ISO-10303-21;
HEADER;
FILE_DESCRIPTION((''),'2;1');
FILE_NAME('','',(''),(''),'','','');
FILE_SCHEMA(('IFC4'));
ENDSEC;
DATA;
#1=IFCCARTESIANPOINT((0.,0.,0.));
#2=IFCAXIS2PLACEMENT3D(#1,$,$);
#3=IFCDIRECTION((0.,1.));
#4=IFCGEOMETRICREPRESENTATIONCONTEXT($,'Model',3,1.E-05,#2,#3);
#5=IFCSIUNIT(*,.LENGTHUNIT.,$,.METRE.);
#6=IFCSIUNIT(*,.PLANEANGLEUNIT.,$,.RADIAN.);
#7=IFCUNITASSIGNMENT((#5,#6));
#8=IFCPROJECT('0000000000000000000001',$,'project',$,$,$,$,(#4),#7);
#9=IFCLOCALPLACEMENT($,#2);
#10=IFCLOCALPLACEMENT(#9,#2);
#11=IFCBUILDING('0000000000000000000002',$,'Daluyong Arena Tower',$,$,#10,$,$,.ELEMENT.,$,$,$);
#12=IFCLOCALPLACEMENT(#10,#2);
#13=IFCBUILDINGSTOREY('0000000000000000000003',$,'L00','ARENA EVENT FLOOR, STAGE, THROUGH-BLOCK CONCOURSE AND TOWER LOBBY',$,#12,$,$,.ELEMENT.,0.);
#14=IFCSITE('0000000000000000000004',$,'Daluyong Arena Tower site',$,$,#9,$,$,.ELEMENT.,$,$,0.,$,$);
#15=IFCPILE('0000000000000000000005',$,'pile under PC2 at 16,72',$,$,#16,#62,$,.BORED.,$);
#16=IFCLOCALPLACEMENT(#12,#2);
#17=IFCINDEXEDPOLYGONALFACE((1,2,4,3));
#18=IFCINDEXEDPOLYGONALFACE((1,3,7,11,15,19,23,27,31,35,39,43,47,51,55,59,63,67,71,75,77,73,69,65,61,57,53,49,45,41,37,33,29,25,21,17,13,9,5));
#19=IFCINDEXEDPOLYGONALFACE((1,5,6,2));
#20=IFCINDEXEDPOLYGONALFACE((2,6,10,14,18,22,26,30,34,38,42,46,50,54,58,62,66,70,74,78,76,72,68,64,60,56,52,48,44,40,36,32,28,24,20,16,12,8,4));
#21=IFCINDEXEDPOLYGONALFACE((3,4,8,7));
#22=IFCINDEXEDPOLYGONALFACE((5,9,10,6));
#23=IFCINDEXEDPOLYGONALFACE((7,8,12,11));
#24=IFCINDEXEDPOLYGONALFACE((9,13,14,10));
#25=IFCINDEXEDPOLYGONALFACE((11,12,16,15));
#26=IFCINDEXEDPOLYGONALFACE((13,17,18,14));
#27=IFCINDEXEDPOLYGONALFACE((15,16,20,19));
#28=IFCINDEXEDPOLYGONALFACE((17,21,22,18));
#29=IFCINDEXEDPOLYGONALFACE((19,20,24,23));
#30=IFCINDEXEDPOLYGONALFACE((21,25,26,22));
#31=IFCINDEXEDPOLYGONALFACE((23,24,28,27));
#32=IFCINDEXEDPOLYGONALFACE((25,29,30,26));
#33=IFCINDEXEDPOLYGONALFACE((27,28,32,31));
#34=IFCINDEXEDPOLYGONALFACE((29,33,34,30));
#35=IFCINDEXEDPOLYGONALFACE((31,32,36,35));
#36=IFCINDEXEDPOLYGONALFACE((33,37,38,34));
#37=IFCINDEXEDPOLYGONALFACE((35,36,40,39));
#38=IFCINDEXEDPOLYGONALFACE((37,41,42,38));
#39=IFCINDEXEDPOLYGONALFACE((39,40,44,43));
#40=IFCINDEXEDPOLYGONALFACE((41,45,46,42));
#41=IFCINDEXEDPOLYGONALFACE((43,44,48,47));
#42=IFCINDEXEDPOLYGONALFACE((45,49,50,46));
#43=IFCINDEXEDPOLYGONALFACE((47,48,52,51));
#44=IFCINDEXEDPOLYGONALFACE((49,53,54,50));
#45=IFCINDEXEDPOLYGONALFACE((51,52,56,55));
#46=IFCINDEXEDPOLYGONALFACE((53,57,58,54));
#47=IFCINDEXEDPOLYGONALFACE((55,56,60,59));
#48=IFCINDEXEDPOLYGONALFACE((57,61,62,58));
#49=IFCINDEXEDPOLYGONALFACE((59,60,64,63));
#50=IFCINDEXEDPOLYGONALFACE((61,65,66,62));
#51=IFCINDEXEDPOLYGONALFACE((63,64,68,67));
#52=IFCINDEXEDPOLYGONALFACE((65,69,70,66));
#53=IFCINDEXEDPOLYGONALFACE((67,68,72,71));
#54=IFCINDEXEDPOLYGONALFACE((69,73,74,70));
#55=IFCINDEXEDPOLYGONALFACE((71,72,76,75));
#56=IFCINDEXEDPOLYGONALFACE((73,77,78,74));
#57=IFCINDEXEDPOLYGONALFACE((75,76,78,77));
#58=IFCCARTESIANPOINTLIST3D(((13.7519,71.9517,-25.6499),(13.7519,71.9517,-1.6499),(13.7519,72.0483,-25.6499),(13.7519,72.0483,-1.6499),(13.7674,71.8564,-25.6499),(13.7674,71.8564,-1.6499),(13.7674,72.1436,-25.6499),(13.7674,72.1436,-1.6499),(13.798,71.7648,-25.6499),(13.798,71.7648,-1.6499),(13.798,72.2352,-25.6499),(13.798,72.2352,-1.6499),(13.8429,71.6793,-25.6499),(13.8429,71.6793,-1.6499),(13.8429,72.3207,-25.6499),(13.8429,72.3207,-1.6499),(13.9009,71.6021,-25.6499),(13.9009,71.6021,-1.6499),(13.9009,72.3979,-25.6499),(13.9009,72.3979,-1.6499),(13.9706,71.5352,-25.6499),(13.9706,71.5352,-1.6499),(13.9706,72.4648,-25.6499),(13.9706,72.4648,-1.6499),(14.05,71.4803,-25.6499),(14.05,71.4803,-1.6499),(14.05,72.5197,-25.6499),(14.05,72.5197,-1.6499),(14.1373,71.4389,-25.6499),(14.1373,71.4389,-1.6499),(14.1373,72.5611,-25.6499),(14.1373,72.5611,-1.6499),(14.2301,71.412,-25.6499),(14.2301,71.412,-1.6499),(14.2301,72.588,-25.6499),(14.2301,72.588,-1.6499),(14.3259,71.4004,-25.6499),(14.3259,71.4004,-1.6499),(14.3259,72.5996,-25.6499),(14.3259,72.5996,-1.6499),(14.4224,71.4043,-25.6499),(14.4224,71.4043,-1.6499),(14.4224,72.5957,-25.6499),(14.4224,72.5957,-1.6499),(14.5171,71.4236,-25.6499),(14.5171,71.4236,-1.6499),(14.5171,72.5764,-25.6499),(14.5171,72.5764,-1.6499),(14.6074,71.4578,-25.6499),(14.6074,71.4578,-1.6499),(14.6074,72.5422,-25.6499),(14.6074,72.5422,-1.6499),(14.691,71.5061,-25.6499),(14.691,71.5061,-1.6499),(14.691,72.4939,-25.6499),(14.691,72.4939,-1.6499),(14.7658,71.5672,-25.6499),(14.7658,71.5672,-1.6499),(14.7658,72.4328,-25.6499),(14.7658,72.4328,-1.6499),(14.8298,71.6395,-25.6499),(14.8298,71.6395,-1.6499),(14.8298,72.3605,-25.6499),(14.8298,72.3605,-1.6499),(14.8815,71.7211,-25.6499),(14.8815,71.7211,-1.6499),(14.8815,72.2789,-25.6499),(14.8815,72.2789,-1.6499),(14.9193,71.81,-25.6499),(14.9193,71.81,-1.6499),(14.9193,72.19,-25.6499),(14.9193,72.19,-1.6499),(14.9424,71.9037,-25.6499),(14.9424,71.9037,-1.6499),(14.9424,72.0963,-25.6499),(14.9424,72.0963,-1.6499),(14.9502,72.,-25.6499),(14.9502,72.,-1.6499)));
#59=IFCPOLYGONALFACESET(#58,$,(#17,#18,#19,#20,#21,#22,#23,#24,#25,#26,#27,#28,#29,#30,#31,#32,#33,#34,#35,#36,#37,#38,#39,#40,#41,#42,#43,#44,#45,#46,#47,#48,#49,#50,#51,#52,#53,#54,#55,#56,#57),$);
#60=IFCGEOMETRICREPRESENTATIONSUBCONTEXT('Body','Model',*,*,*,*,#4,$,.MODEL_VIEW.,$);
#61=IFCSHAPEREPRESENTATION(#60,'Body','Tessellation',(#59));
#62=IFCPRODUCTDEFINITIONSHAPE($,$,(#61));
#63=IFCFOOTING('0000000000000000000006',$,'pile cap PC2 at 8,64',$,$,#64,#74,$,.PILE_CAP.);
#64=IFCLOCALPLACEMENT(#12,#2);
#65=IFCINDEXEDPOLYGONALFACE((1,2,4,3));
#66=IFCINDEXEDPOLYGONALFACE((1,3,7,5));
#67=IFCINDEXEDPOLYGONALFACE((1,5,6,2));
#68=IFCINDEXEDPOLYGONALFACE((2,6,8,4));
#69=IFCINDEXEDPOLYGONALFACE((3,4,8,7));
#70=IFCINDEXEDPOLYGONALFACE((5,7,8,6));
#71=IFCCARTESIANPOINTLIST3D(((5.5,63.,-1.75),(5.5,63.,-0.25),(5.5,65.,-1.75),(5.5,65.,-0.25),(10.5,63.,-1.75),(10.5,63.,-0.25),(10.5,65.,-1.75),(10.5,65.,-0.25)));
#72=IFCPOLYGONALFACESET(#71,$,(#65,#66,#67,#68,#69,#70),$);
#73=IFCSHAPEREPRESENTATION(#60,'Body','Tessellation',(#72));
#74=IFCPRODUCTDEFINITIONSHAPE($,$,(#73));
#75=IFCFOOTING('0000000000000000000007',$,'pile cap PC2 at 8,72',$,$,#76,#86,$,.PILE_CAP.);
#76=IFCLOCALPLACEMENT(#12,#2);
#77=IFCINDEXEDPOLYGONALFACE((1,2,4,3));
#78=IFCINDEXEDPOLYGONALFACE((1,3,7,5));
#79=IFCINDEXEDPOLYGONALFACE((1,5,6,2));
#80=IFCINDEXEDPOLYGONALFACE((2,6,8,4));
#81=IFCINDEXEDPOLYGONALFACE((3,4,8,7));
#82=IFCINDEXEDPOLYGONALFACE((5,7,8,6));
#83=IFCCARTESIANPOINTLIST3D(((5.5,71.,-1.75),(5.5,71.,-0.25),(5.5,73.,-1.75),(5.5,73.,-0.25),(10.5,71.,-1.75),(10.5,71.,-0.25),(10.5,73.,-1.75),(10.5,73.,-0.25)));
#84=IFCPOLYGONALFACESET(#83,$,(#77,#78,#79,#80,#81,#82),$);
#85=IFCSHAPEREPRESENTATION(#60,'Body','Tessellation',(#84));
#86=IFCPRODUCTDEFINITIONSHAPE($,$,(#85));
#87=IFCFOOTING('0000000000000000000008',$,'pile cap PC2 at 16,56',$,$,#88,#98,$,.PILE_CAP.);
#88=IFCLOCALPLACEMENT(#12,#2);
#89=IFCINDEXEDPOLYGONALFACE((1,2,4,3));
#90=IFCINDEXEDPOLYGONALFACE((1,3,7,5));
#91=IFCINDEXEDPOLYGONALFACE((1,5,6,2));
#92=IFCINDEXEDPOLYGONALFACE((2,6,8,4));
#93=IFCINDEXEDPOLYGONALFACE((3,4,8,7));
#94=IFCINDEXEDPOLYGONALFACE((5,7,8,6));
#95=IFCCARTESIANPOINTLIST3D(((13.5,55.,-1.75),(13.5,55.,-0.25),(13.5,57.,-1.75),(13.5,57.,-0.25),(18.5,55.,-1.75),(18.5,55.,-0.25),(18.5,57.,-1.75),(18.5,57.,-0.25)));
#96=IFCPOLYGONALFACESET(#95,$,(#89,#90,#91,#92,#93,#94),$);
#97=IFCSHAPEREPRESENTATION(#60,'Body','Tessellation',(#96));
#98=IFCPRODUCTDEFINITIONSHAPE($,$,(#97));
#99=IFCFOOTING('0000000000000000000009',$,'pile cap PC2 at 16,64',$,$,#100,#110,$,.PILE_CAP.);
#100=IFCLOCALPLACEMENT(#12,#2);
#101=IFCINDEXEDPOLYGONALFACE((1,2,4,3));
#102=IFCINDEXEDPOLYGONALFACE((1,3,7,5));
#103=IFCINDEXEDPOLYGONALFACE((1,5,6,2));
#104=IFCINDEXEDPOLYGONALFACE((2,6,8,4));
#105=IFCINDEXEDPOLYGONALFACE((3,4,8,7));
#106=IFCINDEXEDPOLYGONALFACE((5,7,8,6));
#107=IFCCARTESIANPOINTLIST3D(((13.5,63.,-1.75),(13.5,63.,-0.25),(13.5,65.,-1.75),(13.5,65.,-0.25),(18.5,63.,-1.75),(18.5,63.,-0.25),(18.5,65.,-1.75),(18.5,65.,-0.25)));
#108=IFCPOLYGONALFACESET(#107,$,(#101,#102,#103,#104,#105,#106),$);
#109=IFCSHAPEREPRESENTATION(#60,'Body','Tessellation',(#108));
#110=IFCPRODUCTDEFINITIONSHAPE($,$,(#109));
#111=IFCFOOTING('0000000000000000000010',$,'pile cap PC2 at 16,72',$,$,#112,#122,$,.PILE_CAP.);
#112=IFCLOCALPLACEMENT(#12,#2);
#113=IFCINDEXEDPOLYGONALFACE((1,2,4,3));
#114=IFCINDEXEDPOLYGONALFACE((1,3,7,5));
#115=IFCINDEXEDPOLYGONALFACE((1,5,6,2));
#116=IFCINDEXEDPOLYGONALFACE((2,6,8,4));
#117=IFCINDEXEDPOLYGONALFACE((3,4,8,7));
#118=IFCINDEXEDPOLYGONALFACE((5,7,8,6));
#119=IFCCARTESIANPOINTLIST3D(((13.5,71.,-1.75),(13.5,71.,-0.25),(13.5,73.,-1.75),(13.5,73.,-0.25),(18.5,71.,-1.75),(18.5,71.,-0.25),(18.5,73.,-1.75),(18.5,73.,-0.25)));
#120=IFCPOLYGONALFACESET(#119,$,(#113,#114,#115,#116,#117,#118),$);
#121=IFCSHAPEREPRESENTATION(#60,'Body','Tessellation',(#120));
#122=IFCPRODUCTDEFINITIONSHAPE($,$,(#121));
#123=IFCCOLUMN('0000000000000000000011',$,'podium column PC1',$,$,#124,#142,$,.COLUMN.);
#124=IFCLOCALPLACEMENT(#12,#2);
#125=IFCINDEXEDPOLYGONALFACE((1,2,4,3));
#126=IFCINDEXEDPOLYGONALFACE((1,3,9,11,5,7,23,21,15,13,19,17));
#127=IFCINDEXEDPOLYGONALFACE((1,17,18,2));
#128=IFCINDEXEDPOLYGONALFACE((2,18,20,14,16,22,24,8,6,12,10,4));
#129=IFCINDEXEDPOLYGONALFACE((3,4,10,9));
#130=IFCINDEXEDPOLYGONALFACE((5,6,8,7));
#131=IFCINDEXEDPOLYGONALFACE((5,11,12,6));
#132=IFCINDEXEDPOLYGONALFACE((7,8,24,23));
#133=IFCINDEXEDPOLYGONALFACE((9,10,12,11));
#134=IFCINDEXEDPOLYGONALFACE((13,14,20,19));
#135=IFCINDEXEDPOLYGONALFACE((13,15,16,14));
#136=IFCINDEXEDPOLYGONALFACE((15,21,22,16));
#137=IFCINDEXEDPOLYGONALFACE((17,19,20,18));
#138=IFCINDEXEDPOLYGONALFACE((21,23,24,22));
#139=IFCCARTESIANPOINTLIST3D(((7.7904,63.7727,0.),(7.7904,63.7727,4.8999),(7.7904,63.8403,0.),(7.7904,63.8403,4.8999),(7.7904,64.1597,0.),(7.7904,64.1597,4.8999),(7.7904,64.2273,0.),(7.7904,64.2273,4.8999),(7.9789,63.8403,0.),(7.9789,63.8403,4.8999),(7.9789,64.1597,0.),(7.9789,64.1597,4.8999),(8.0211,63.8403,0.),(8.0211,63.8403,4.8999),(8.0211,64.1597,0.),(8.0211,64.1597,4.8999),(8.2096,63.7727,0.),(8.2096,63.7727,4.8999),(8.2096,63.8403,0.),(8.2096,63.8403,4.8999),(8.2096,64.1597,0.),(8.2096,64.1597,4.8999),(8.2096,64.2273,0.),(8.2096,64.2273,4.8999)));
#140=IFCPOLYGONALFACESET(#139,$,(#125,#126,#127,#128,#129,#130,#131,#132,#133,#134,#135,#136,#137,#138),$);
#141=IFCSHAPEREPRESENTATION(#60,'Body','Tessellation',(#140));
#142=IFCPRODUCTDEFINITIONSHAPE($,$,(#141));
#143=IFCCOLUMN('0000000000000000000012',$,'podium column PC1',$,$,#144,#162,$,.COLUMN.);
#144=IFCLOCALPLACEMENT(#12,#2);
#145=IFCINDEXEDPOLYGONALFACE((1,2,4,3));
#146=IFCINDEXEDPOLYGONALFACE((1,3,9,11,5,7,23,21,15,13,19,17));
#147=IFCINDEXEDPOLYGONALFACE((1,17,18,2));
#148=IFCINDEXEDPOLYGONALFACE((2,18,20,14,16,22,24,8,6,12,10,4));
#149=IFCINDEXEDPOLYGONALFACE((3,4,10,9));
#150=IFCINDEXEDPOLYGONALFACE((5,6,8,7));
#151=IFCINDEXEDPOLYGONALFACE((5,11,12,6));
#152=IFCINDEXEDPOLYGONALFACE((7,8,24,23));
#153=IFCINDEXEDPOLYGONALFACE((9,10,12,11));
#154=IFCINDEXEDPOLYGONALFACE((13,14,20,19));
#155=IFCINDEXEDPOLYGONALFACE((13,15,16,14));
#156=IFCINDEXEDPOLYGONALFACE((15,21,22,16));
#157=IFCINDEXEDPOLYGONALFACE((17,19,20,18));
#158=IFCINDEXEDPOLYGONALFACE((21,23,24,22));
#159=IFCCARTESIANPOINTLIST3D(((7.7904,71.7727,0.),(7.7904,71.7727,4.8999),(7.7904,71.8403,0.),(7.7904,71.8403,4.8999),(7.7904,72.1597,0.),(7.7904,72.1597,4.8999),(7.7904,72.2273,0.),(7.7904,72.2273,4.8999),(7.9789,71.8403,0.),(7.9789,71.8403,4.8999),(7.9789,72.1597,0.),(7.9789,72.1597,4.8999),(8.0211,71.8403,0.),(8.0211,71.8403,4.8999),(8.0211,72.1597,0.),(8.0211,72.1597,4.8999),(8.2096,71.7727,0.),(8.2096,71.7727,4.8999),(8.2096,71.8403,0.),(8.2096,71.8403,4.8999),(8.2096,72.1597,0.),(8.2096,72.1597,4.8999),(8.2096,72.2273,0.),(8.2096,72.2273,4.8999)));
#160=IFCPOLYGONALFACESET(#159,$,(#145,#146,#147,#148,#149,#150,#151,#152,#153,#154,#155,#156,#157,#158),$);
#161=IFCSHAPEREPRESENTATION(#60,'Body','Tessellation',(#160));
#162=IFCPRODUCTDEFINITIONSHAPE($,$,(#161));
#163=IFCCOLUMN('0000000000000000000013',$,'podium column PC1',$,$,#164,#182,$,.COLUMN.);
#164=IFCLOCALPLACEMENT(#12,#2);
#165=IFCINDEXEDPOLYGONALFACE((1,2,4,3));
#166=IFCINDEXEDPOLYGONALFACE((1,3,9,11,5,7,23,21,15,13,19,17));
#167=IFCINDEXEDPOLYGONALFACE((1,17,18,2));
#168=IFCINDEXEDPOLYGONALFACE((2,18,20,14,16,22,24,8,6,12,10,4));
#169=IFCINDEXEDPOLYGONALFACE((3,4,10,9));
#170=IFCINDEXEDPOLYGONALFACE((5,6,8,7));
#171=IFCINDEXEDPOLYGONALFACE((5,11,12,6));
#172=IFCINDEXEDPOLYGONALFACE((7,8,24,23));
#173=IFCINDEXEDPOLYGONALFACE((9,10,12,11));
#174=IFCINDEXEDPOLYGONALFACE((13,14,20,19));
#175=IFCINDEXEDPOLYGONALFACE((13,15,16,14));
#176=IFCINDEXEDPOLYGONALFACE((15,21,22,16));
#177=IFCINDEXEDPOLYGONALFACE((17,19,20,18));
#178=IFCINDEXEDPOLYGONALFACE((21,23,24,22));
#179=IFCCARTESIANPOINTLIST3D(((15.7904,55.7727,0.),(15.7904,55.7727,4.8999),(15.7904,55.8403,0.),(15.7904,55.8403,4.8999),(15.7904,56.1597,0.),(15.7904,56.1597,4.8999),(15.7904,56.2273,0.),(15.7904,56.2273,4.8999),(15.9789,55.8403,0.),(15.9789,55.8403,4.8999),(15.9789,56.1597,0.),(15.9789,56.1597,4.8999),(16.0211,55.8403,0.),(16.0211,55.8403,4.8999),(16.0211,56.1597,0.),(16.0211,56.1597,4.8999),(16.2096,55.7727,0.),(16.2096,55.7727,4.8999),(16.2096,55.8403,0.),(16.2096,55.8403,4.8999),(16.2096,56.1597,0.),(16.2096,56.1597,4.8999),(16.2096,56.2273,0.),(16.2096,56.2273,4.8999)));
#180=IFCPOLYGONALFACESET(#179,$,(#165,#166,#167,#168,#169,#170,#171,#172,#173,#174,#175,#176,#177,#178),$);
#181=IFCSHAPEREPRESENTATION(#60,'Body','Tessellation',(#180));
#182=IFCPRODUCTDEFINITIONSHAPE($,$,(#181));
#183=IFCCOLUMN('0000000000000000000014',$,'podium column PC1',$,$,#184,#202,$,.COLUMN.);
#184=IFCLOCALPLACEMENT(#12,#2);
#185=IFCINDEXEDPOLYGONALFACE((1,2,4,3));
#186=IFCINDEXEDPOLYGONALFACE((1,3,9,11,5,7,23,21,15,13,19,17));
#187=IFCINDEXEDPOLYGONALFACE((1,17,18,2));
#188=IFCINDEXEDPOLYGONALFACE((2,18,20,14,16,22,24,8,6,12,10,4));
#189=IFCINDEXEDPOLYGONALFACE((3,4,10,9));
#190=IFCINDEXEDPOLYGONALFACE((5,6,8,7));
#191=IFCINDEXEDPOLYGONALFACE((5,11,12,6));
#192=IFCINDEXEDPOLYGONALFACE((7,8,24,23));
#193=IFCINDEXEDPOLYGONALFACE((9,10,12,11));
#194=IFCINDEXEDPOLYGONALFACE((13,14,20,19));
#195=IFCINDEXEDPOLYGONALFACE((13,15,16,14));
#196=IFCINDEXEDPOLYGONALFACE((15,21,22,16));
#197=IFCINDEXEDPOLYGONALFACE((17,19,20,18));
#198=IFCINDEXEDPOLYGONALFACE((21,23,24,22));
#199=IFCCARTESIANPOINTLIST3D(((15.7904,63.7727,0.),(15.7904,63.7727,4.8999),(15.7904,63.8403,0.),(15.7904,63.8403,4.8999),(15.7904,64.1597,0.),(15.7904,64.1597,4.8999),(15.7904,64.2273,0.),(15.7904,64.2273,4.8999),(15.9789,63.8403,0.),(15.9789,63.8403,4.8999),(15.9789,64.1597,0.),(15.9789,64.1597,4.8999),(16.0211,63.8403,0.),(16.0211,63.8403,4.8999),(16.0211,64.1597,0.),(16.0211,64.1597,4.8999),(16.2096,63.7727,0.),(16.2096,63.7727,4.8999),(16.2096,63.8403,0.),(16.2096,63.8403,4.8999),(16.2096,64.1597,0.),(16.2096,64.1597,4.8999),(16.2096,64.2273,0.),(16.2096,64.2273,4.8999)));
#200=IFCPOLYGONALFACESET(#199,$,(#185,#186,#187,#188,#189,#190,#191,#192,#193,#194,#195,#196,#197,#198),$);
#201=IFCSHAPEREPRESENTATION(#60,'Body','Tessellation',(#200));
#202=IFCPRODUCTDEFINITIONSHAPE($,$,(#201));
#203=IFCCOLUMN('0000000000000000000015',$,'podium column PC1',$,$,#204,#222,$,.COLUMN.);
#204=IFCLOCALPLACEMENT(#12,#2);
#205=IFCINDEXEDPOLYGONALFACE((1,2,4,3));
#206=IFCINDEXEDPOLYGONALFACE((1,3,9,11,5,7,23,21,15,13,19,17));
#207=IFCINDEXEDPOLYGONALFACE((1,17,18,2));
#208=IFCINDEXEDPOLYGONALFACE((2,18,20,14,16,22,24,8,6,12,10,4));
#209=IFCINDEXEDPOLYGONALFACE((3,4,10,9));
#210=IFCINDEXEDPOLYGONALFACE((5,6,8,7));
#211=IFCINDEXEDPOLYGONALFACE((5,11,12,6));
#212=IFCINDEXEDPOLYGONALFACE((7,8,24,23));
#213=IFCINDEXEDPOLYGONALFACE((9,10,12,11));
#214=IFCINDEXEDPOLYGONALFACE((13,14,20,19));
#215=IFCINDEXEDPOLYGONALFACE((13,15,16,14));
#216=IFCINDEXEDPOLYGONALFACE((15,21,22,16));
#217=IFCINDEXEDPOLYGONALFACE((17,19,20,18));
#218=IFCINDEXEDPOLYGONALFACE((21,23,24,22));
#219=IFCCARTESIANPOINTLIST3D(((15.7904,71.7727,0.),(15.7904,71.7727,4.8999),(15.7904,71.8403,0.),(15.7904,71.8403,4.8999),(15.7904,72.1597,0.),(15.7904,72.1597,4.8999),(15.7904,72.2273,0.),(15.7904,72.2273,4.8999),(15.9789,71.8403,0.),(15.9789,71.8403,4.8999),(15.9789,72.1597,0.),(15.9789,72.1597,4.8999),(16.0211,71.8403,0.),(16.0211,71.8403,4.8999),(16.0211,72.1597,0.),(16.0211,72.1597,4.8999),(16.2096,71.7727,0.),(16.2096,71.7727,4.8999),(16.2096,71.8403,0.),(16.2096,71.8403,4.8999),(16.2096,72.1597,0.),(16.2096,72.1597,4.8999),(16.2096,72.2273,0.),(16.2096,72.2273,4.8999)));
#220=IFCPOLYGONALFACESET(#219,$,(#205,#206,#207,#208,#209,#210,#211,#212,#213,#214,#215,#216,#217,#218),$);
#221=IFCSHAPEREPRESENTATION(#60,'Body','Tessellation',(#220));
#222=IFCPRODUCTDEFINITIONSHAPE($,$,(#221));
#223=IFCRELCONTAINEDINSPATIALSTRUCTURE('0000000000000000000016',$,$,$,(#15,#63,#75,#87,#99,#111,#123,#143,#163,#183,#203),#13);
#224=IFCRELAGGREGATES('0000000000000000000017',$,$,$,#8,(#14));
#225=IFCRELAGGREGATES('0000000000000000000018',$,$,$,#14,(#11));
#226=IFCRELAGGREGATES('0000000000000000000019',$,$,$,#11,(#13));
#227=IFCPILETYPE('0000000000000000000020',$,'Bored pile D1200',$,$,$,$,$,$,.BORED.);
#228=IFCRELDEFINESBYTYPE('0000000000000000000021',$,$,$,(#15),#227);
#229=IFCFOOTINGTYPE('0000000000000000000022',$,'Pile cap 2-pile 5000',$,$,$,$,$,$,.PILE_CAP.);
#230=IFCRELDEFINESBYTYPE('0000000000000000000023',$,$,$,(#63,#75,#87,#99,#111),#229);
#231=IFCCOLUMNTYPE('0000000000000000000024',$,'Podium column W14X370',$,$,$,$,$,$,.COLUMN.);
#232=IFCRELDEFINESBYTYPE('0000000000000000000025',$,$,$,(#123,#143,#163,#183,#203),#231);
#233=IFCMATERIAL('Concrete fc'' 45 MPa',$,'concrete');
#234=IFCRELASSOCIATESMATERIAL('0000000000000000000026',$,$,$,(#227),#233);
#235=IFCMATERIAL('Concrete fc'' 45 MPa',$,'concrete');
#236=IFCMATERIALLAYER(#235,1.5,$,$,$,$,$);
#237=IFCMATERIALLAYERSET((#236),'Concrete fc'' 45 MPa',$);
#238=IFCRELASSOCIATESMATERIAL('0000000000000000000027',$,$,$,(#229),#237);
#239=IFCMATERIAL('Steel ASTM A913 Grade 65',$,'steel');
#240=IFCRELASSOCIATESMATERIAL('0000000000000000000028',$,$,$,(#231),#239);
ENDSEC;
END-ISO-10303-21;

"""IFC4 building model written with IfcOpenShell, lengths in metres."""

from ifc_helpers import new_model, si_unit, direction, frame, origin, origin_2d, place, context, subcontext, project, spatial, rectangle, circle, i_section, extrude, material, layer, layer_set, material_profile, profile_set, type_object, element, save


model = new_model("IFC4")

# Units and contexts
model_context = context("Model", 3, precision=1e-05, world=origin(), true_north=direction((0.0, 1.0)))
body_context = subcontext(model_context, "Body", "Model", "MODEL_VIEW")
ifc_project = project(units=[si_unit("LENGTHUNIT", "METRE"), si_unit("PLANEANGLEUNIT", "RADIAN")], contexts=[model_context])

# Site, building, storey
site_placement = place(None, origin())
site = spatial("IfcSite", under=ifc_project, at=site_placement, Name="Daluyong Arena Tower site", CompositionType="ELEMENT", RefElevation=0.0)
building_placement = place(site_placement, origin())
building = spatial("IfcBuilding", under=site, at=building_placement, Name="Daluyong Arena Tower", CompositionType="ELEMENT")
storey_placement = place(building_placement, origin())
storey = spatial("IfcBuildingStorey", under=building, at=storey_placement, Name="L00", Description="ARENA EVENT FLOOR, STAGE, THROUGH-BLOCK CONCOURSE AND TOWER LOBBY", CompositionType="ELEMENT", Elevation=0.0)

# Pile
ifc_material_1 = material(Name="Concrete fc' 45 MPa", Category="concrete")
pile_type = type_object("IfcPileType", Name="Bored pile D1200", PredefinedType="BORED", material=ifc_material_1)
for number, where, z_axis, x_axis, name in (
    (1, (14.3501, 72.0, -1.6499), (0.0, 0.0, -1.0), (1.0, 0.0, 0.0), "pile under PC2 at 16,72"),
):
    element("IfcPile", number, at=place(storey_placement, frame(where, z_axis=z_axis, x_axis=x_axis)), inside=storey, type_object=pile_type, Name=name, PredefinedType="BORED", context=body_context, shape_type="SweptSolid", body=[
        extrude(circle(Radius=0.6001, at=origin_2d()), origin(), (0.0, 0.0, 1.0), 24.0),
    ])

# Footings
ifc_material_2 = material(Name="Concrete fc' 45 MPa", Category="concrete")
ifc_layer_1 = layer(ifc_material_2, 1.5)
ifc_layer_set_1 = layer_set([ifc_layer_1], Name="Concrete fc' 45 MPa")
footing_type = type_object("IfcFootingType", Name="Pile cap 2-pile 5000", PredefinedType="PILE_CAP", material=ifc_layer_set_1)
for number, where, z_axis, x_axis, name in (
    (2, (8.0, 64.0, -1.75), (0.0, 0.0, 1.0), (1.0, 0.0, 0.0), "pile cap PC2 at 8,64"),
    (3, (8.0, 72.0, -1.75), (0.0, 0.0, 1.0), (1.0, 0.0, 0.0), "pile cap PC2 at 8,72"),
    (4, (16.0, 56.0, -1.75), (0.0, 0.0, 1.0), (1.0, 0.0, 0.0), "pile cap PC2 at 16,56"),
    (5, (16.0, 64.0, -1.75), (0.0, 0.0, 1.0), (1.0, 0.0, 0.0), "pile cap PC2 at 16,64"),
    (6, (16.0, 72.0, -1.75), (0.0, 0.0, 1.0), (1.0, 0.0, 0.0), "pile cap PC2 at 16,72"),
):
    element("IfcFooting", number, at=place(storey_placement, frame(where, z_axis=z_axis, x_axis=x_axis)), inside=storey, type_object=footing_type, Name=name, PredefinedType="PILE_CAP", context=body_context, shape_type="SweptSolid", body=[
        extrude(rectangle(XDim=5.0, YDim=2.0, at=origin_2d()), origin(), (0.0, 0.0, 1.0), 1.5),
    ])

# Columns
ifc_material_3 = material(Name="Steel ASTM A913 Grade 65", Category="steel")
ifc_material_profile = material_profile(ifc_material_3, i_section(OverallWidth=0.4192, OverallDepth=0.4546, WebThickness=0.0422, FlangeThickness=0.0676, at=origin_2d()))
ifc_profile_set = profile_set([ifc_material_profile], Name="Steel ASTM A913 Grade 65")
column_type = type_object("IfcColumnType", Name="Podium column W14X370", PredefinedType="COLUMN", material=ifc_profile_set)
for number, where, z_axis, x_axis, name in (
    (7, (8.0, 64.0, 0.0), (0.0, 0.0, 1.0), (1.0, 0.0, 0.0), "podium column PC1"),
    (8, (8.0, 72.0, 0.0), (0.0, 0.0, 1.0), (1.0, 0.0, 0.0), "podium column PC1"),
    (9, (16.0, 56.0, 0.0), (0.0, 0.0, 1.0), (1.0, 0.0, 0.0), "podium column PC1"),
    (10, (16.0, 64.0, 0.0), (0.0, 0.0, 1.0), (1.0, 0.0, 0.0), "podium column PC1"),
    (11, (16.0, 72.0, 0.0), (0.0, 0.0, 1.0), (1.0, 0.0, 0.0), "podium column PC1"),
):
    element("IfcColumn", number, at=place(storey_placement, frame(where, z_axis=z_axis, x_axis=x_axis)), inside=storey, type_object=column_type, Name=name, PredefinedType="COLUMN", context=body_context, shape_type="SweptSolid", body=[
        extrude(i_section(OverallWidth=0.4192, OverallDepth=0.4546, WebThickness=0.0422, FlangeThickness=0.0676, at=origin_2d()), origin(), (0.0, 0.0, 1.0), 4.8999),
    ])

save(model, "model.ifc")
